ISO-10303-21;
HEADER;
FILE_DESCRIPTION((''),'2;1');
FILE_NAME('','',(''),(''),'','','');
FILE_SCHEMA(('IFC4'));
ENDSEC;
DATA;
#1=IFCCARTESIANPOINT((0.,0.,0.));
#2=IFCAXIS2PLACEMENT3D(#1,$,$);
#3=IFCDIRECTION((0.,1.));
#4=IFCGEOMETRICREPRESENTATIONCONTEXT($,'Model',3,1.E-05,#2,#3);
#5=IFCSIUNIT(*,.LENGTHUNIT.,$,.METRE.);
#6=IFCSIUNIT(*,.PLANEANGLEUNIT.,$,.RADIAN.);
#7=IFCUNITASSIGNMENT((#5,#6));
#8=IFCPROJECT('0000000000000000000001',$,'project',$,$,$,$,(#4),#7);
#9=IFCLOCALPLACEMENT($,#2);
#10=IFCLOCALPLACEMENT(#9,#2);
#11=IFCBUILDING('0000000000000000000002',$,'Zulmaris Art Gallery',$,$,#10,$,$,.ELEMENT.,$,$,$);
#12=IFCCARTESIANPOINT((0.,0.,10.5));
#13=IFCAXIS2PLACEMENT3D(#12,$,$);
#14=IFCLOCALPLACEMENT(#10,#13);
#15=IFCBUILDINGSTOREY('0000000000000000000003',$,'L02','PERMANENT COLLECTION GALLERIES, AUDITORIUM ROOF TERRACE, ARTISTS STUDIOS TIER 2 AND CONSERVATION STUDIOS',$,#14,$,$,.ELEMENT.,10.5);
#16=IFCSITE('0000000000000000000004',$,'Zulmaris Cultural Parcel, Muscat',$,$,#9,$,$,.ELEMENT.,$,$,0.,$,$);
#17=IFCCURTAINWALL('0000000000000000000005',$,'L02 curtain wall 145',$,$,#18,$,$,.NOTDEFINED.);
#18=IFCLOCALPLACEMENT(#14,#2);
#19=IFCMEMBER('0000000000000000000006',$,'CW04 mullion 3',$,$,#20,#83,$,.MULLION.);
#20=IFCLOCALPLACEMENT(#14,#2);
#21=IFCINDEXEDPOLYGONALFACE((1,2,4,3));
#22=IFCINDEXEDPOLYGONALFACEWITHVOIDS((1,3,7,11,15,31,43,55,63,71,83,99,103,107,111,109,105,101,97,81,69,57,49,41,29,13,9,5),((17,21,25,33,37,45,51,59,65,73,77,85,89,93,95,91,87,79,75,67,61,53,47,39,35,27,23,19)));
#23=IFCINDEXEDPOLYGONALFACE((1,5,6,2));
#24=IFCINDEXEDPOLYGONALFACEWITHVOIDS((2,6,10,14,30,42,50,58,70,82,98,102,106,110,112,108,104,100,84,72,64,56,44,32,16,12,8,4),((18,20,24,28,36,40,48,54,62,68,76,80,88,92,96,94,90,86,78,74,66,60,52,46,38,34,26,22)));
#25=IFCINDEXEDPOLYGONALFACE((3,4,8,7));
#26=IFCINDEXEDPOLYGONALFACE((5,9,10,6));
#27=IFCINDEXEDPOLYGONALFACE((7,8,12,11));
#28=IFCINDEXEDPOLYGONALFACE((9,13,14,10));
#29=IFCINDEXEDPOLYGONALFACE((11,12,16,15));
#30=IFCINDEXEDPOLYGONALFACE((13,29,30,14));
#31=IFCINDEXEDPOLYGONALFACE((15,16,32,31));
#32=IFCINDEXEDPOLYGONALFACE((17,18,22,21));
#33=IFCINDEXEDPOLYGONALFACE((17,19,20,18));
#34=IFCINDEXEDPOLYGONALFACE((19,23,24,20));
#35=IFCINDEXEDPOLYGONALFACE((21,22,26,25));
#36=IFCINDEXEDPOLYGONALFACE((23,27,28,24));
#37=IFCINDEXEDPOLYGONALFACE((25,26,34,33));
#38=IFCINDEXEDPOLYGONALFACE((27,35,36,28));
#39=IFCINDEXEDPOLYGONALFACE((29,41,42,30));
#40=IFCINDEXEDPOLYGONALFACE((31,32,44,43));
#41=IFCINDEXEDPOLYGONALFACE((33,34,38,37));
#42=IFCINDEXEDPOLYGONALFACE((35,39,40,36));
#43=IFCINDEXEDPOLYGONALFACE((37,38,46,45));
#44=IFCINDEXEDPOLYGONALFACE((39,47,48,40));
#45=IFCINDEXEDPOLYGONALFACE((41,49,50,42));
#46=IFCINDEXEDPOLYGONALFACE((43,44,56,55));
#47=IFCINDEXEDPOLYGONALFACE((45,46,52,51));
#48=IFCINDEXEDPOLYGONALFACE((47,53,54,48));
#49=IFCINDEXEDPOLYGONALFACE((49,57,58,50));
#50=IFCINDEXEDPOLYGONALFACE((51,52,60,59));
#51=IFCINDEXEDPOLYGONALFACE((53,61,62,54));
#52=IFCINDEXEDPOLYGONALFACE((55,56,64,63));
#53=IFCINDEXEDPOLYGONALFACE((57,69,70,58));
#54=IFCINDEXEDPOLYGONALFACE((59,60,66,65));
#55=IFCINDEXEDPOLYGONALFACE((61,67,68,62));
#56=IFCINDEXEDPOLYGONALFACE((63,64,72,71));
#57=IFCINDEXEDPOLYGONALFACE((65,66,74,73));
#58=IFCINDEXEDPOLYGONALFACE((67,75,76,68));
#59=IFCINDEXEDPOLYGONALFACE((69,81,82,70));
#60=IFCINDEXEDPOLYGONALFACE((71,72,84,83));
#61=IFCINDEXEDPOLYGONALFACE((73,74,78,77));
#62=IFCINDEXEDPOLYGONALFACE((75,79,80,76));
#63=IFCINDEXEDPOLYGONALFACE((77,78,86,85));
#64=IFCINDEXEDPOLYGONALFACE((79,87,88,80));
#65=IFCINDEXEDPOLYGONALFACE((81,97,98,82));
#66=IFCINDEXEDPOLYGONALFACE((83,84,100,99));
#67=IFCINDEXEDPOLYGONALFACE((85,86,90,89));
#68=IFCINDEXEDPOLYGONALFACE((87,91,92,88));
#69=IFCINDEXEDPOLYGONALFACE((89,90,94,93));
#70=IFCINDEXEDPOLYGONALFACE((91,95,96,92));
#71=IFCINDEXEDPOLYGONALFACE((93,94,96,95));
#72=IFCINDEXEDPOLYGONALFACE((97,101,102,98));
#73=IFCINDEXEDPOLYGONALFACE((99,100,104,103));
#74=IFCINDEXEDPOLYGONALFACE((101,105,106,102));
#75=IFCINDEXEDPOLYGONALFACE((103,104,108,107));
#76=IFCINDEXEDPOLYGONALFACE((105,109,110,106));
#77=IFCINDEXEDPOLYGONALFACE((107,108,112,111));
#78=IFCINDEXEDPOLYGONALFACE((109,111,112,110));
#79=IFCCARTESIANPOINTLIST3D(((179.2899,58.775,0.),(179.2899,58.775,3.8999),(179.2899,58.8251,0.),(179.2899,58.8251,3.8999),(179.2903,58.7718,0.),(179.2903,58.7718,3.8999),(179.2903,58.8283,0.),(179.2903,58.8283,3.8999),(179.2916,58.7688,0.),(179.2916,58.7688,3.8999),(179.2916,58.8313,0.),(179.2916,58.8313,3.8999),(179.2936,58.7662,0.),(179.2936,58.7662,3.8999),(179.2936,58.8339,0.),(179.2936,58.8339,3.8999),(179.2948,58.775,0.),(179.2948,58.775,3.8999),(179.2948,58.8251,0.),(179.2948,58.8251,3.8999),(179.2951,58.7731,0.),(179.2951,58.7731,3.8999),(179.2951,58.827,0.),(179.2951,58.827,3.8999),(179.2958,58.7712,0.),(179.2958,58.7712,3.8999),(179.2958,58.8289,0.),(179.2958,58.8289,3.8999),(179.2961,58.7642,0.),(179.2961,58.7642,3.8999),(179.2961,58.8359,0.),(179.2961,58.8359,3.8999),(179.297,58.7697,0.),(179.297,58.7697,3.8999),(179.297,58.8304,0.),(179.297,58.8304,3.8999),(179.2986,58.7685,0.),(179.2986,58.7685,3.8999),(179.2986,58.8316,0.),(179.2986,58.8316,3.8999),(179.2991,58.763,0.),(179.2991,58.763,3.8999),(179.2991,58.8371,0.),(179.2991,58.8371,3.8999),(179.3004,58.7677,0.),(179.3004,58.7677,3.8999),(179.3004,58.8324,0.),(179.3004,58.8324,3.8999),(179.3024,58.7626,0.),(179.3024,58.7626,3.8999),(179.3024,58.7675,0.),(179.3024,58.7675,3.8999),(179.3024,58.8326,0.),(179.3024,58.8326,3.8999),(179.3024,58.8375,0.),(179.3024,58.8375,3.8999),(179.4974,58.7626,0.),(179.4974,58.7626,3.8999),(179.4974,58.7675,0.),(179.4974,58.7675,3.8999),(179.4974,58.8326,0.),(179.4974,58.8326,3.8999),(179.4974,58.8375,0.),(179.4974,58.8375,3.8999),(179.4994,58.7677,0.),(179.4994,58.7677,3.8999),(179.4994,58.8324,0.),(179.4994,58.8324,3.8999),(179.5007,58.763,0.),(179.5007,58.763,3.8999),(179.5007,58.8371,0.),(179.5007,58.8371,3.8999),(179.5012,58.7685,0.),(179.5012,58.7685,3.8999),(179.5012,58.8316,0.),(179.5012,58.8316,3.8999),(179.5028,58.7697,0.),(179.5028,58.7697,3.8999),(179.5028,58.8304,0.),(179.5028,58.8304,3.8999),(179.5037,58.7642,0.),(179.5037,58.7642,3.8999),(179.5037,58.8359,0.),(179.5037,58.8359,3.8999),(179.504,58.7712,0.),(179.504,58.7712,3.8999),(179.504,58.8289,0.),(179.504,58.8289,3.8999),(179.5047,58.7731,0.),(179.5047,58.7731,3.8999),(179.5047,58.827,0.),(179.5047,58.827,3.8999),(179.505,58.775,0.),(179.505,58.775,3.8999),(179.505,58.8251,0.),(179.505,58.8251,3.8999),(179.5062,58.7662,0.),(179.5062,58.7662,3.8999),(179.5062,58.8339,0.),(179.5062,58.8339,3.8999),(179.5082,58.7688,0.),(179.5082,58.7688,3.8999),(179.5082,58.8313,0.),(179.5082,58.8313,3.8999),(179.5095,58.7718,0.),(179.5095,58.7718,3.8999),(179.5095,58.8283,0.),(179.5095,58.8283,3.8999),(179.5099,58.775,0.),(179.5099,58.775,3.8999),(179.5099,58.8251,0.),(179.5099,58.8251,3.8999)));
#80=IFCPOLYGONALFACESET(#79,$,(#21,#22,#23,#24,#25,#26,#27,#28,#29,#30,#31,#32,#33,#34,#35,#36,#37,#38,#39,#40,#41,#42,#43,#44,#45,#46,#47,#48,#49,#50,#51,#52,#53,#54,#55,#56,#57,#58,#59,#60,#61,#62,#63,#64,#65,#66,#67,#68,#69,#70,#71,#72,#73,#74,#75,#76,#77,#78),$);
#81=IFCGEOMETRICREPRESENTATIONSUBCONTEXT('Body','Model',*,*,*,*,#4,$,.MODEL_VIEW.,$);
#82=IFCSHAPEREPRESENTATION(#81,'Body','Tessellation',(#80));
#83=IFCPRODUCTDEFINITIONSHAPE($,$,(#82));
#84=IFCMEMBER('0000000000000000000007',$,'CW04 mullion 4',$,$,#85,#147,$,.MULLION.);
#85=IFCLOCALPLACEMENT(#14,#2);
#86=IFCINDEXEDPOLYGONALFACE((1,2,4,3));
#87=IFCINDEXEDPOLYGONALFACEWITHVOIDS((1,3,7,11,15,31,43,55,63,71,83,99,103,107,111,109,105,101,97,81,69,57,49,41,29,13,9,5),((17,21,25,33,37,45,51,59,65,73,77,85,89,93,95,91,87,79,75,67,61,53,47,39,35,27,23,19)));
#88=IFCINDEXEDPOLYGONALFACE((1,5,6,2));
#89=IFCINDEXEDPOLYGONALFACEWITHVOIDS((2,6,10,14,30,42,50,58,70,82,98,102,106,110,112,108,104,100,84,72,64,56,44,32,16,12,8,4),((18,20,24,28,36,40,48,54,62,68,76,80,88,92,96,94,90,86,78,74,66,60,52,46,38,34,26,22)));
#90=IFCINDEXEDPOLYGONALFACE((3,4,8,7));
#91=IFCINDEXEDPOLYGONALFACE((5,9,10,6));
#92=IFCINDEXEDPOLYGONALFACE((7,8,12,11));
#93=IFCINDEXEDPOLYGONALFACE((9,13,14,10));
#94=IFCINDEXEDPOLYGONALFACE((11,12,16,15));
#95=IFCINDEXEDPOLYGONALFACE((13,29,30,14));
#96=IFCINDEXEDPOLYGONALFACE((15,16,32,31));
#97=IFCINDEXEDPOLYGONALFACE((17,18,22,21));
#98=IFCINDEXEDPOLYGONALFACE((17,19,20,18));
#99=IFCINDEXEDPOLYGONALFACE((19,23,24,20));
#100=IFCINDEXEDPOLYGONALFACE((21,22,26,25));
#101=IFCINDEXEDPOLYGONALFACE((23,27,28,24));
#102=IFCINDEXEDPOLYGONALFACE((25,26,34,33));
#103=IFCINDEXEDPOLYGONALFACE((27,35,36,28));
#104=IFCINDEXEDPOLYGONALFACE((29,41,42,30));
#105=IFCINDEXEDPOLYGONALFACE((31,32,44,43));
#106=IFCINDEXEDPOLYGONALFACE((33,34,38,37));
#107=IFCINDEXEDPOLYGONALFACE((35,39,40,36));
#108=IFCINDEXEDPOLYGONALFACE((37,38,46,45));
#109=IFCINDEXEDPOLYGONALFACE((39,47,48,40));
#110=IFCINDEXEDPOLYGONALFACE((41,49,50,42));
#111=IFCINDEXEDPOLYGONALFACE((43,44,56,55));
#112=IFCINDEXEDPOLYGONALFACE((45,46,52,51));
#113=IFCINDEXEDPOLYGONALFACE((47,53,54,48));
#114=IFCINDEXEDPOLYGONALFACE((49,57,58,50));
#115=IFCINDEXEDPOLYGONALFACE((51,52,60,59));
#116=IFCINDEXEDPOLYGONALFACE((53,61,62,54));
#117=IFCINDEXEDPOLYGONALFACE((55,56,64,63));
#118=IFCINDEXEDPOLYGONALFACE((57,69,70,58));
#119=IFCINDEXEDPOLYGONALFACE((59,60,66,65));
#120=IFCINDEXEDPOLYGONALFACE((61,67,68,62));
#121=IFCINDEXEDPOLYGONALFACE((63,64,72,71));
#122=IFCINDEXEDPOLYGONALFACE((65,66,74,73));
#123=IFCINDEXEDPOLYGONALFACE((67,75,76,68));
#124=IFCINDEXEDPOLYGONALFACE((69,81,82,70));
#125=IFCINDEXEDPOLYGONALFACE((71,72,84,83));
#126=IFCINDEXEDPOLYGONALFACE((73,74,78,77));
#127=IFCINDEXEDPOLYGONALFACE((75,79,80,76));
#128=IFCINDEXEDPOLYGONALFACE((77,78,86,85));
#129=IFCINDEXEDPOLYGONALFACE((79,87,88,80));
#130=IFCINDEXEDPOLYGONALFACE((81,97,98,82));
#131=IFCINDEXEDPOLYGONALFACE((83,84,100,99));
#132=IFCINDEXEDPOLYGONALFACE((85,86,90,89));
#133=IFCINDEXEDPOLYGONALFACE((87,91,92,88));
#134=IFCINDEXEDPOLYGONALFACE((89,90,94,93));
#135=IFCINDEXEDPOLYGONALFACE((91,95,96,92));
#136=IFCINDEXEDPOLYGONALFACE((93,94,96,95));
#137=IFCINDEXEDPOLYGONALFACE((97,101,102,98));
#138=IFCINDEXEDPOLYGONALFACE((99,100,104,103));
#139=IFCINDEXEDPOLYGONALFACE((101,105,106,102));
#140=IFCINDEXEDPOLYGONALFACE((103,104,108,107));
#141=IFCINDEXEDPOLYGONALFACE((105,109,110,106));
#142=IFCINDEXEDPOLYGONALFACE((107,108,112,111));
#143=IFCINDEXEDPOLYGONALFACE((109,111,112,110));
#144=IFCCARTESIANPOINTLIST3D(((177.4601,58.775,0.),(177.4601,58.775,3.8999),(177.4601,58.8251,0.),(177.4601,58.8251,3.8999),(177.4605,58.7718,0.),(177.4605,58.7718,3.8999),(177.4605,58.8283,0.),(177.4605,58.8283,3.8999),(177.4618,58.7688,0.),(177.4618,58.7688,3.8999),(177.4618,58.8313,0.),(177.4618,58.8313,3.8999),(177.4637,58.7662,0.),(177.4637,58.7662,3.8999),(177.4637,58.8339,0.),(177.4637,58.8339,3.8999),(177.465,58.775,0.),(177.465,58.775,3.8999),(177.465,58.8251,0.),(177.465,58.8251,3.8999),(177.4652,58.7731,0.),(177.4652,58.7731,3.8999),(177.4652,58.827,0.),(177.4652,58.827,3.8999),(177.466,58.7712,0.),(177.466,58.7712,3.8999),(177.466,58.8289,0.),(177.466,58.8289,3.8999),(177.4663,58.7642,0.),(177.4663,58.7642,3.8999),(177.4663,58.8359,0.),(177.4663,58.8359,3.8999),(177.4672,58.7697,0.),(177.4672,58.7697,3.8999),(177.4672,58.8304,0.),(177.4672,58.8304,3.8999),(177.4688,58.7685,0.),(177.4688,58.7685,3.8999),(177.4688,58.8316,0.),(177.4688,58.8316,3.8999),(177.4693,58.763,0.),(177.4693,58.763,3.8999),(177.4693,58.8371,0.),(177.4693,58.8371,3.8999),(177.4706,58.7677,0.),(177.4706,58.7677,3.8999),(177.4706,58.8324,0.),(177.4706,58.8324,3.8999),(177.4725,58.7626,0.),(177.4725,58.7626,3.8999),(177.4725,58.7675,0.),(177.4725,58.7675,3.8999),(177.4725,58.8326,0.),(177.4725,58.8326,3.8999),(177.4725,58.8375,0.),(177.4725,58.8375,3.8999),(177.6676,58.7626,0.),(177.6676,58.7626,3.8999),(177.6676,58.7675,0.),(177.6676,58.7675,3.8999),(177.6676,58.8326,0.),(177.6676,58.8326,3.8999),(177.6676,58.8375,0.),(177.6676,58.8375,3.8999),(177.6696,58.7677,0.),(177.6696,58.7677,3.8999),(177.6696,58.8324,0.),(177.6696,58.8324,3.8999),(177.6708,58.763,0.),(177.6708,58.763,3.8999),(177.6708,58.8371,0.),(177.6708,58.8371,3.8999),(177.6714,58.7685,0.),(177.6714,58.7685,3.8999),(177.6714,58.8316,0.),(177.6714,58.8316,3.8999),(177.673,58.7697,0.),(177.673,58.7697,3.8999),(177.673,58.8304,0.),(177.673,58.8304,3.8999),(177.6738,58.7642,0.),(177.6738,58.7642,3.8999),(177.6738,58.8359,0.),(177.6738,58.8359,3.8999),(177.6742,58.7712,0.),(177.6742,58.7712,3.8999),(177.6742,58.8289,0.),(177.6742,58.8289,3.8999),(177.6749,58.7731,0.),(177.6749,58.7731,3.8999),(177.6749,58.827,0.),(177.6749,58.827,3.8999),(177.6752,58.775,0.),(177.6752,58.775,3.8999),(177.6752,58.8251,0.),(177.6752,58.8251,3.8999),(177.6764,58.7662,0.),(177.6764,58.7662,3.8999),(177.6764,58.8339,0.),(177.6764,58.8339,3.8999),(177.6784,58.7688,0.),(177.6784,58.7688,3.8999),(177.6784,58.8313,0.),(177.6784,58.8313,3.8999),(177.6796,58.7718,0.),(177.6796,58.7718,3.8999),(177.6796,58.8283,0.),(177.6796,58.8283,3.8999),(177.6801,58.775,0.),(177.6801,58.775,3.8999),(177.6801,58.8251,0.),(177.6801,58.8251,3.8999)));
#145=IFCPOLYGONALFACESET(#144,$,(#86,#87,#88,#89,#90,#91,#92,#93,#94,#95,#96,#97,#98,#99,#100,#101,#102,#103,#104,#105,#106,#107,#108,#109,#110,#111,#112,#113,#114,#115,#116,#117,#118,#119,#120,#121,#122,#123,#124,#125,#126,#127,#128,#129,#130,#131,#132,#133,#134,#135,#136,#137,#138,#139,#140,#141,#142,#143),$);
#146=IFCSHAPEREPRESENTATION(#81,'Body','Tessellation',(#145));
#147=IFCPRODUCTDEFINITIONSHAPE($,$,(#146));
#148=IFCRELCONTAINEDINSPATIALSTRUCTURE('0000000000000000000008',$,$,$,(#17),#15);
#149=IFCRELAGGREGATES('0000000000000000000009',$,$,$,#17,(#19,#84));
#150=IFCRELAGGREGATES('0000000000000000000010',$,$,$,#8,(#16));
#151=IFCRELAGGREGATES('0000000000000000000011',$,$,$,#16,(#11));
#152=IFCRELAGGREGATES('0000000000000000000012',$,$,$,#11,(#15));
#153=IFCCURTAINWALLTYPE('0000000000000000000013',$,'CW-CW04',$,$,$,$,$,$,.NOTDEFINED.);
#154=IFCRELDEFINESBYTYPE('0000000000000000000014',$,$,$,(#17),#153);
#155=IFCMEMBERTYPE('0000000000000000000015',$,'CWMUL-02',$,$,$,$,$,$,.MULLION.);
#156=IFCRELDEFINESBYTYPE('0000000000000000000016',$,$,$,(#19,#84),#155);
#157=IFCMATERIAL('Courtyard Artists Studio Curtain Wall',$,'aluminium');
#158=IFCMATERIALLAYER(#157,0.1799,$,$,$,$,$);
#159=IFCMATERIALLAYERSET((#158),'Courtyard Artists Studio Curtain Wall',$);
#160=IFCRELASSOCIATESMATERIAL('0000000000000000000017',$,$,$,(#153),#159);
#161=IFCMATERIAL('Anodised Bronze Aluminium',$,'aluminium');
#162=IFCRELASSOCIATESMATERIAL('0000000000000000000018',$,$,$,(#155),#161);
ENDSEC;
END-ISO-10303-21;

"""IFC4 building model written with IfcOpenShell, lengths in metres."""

from ifc_helpers import new_model, si_unit, direction, frame, origin, origin_2d, place, context, subcontext, project, spatial, hollow_rectangle, extrude, material, layer, layer_set, material_profile, profile_set, type_object, element, aggregate, save


model = new_model("IFC4")

# Units and contexts
model_context = context("Model", 3, precision=1e-05, world=origin(), true_north=direction((0.0, 1.0)))
body_context = subcontext(model_context, "Body", "Model", "MODEL_VIEW")
ifc_project = project(units=[si_unit("LENGTHUNIT", "METRE"), si_unit("PLANEANGLEUNIT", "RADIAN")], contexts=[model_context])

# Site, building, storey
site_placement = place(None, origin())
site = spatial("IfcSite", under=ifc_project, at=site_placement, Name="Zulmaris Cultural Parcel, Muscat", CompositionType="ELEMENT", RefElevation=0.0)
building_placement = place(site_placement, origin())
building = spatial("IfcBuilding", under=site, at=building_placement, Name="Zulmaris Art Gallery", CompositionType="ELEMENT")
storey_placement = place(building_placement, frame((0.0, 0.0, 10.5)))
storey = spatial("IfcBuildingStorey", under=building, at=storey_placement, Name="L02", Description="PERMANENT COLLECTION GALLERIES, AUDITORIUM ROOF TERRACE, ARTISTS STUDIOS TIER 2 AND CONSERVATION STUDIOS", CompositionType="ELEMENT", Elevation=10.5)

# Shared definitions
ifc_material_1 = material(Name="Courtyard Artists Studio Curtain Wall", Category="aluminium")
ifc_layer_1 = layer(ifc_material_1, 0.1799)
ifc_layer_set_1 = layer_set([ifc_layer_1], Name="Courtyard Artists Studio Curtain Wall")
curtain_wall_type = type_object("IfcCurtainWallType", Name="CW-CW04", PredefinedType="NOTDEFINED", material=ifc_layer_set_1)
ifc_material_2 = material(Name="Anodised Bronze Aluminium", Category="aluminium")
ifc_material_profile_1 = material_profile(ifc_material_2, hollow_rectangle(XDim=0.075, YDim=0.22, WallThickness=0.0049, InnerFilletRadius=0.0076, OuterFilletRadius=0.0125, at=origin_2d()), Name="ALU 75x220x5")
ifc_profile_set_1 = profile_set([ifc_material_profile_1], Name="Anodised Bronze Aluminium")
member_type_1 = type_object("IfcMemberType", Name="CWMUL-02", PredefinedType="MULLION", material=ifc_profile_set_1)

# Curtain wall, members
curtain_wall_1_placement = place(storey_placement, origin())
curtain_wall_1 = element("IfcCurtainWall", 1, at=curtain_wall_1_placement, inside=storey, type_object=curtain_wall_type, Name="L02 curtain wall 145", PredefinedType="NOTDEFINED")
member_1_placement = place(storey_placement, frame((179.3999, 58.8, 0.0), z_axis=(0.0, 0.0, 1.0), x_axis=(0.0, -1.0, 0.0)))
member_1 = element("IfcMember", 2, at=member_1_placement, type_object=member_type_1, Name="CW04 mullion 3", PredefinedType="MULLION", context=body_context, shape_type="SweptSolid", body=[
    extrude(hollow_rectangle(XDim=0.075, YDim=0.22, WallThickness=0.0049, InnerFilletRadius=0.0076, OuterFilletRadius=0.0125, at=origin_2d()), origin(), (0.0, 0.0, 1.0), 3.8999),
])
member_2_placement = place(storey_placement, frame((177.5701, 58.8, 0.0), z_axis=(0.0, 0.0, 1.0), x_axis=(0.0, -1.0, 0.0)))
member_2 = element("IfcMember", 3, at=member_2_placement, type_object=member_type_1, Name="CW04 mullion 4", PredefinedType="MULLION", context=body_context, shape_type="SweptSolid", body=[
    extrude(hollow_rectangle(XDim=0.075, YDim=0.22, WallThickness=0.0049, InnerFilletRadius=0.0076, OuterFilletRadius=0.0125, at=origin_2d()), origin(), (0.0, 0.0, 1.0), 3.8999),
])

aggregate(curtain_wall_1, [member_1, member_2])

save(model, "model.ifc")
